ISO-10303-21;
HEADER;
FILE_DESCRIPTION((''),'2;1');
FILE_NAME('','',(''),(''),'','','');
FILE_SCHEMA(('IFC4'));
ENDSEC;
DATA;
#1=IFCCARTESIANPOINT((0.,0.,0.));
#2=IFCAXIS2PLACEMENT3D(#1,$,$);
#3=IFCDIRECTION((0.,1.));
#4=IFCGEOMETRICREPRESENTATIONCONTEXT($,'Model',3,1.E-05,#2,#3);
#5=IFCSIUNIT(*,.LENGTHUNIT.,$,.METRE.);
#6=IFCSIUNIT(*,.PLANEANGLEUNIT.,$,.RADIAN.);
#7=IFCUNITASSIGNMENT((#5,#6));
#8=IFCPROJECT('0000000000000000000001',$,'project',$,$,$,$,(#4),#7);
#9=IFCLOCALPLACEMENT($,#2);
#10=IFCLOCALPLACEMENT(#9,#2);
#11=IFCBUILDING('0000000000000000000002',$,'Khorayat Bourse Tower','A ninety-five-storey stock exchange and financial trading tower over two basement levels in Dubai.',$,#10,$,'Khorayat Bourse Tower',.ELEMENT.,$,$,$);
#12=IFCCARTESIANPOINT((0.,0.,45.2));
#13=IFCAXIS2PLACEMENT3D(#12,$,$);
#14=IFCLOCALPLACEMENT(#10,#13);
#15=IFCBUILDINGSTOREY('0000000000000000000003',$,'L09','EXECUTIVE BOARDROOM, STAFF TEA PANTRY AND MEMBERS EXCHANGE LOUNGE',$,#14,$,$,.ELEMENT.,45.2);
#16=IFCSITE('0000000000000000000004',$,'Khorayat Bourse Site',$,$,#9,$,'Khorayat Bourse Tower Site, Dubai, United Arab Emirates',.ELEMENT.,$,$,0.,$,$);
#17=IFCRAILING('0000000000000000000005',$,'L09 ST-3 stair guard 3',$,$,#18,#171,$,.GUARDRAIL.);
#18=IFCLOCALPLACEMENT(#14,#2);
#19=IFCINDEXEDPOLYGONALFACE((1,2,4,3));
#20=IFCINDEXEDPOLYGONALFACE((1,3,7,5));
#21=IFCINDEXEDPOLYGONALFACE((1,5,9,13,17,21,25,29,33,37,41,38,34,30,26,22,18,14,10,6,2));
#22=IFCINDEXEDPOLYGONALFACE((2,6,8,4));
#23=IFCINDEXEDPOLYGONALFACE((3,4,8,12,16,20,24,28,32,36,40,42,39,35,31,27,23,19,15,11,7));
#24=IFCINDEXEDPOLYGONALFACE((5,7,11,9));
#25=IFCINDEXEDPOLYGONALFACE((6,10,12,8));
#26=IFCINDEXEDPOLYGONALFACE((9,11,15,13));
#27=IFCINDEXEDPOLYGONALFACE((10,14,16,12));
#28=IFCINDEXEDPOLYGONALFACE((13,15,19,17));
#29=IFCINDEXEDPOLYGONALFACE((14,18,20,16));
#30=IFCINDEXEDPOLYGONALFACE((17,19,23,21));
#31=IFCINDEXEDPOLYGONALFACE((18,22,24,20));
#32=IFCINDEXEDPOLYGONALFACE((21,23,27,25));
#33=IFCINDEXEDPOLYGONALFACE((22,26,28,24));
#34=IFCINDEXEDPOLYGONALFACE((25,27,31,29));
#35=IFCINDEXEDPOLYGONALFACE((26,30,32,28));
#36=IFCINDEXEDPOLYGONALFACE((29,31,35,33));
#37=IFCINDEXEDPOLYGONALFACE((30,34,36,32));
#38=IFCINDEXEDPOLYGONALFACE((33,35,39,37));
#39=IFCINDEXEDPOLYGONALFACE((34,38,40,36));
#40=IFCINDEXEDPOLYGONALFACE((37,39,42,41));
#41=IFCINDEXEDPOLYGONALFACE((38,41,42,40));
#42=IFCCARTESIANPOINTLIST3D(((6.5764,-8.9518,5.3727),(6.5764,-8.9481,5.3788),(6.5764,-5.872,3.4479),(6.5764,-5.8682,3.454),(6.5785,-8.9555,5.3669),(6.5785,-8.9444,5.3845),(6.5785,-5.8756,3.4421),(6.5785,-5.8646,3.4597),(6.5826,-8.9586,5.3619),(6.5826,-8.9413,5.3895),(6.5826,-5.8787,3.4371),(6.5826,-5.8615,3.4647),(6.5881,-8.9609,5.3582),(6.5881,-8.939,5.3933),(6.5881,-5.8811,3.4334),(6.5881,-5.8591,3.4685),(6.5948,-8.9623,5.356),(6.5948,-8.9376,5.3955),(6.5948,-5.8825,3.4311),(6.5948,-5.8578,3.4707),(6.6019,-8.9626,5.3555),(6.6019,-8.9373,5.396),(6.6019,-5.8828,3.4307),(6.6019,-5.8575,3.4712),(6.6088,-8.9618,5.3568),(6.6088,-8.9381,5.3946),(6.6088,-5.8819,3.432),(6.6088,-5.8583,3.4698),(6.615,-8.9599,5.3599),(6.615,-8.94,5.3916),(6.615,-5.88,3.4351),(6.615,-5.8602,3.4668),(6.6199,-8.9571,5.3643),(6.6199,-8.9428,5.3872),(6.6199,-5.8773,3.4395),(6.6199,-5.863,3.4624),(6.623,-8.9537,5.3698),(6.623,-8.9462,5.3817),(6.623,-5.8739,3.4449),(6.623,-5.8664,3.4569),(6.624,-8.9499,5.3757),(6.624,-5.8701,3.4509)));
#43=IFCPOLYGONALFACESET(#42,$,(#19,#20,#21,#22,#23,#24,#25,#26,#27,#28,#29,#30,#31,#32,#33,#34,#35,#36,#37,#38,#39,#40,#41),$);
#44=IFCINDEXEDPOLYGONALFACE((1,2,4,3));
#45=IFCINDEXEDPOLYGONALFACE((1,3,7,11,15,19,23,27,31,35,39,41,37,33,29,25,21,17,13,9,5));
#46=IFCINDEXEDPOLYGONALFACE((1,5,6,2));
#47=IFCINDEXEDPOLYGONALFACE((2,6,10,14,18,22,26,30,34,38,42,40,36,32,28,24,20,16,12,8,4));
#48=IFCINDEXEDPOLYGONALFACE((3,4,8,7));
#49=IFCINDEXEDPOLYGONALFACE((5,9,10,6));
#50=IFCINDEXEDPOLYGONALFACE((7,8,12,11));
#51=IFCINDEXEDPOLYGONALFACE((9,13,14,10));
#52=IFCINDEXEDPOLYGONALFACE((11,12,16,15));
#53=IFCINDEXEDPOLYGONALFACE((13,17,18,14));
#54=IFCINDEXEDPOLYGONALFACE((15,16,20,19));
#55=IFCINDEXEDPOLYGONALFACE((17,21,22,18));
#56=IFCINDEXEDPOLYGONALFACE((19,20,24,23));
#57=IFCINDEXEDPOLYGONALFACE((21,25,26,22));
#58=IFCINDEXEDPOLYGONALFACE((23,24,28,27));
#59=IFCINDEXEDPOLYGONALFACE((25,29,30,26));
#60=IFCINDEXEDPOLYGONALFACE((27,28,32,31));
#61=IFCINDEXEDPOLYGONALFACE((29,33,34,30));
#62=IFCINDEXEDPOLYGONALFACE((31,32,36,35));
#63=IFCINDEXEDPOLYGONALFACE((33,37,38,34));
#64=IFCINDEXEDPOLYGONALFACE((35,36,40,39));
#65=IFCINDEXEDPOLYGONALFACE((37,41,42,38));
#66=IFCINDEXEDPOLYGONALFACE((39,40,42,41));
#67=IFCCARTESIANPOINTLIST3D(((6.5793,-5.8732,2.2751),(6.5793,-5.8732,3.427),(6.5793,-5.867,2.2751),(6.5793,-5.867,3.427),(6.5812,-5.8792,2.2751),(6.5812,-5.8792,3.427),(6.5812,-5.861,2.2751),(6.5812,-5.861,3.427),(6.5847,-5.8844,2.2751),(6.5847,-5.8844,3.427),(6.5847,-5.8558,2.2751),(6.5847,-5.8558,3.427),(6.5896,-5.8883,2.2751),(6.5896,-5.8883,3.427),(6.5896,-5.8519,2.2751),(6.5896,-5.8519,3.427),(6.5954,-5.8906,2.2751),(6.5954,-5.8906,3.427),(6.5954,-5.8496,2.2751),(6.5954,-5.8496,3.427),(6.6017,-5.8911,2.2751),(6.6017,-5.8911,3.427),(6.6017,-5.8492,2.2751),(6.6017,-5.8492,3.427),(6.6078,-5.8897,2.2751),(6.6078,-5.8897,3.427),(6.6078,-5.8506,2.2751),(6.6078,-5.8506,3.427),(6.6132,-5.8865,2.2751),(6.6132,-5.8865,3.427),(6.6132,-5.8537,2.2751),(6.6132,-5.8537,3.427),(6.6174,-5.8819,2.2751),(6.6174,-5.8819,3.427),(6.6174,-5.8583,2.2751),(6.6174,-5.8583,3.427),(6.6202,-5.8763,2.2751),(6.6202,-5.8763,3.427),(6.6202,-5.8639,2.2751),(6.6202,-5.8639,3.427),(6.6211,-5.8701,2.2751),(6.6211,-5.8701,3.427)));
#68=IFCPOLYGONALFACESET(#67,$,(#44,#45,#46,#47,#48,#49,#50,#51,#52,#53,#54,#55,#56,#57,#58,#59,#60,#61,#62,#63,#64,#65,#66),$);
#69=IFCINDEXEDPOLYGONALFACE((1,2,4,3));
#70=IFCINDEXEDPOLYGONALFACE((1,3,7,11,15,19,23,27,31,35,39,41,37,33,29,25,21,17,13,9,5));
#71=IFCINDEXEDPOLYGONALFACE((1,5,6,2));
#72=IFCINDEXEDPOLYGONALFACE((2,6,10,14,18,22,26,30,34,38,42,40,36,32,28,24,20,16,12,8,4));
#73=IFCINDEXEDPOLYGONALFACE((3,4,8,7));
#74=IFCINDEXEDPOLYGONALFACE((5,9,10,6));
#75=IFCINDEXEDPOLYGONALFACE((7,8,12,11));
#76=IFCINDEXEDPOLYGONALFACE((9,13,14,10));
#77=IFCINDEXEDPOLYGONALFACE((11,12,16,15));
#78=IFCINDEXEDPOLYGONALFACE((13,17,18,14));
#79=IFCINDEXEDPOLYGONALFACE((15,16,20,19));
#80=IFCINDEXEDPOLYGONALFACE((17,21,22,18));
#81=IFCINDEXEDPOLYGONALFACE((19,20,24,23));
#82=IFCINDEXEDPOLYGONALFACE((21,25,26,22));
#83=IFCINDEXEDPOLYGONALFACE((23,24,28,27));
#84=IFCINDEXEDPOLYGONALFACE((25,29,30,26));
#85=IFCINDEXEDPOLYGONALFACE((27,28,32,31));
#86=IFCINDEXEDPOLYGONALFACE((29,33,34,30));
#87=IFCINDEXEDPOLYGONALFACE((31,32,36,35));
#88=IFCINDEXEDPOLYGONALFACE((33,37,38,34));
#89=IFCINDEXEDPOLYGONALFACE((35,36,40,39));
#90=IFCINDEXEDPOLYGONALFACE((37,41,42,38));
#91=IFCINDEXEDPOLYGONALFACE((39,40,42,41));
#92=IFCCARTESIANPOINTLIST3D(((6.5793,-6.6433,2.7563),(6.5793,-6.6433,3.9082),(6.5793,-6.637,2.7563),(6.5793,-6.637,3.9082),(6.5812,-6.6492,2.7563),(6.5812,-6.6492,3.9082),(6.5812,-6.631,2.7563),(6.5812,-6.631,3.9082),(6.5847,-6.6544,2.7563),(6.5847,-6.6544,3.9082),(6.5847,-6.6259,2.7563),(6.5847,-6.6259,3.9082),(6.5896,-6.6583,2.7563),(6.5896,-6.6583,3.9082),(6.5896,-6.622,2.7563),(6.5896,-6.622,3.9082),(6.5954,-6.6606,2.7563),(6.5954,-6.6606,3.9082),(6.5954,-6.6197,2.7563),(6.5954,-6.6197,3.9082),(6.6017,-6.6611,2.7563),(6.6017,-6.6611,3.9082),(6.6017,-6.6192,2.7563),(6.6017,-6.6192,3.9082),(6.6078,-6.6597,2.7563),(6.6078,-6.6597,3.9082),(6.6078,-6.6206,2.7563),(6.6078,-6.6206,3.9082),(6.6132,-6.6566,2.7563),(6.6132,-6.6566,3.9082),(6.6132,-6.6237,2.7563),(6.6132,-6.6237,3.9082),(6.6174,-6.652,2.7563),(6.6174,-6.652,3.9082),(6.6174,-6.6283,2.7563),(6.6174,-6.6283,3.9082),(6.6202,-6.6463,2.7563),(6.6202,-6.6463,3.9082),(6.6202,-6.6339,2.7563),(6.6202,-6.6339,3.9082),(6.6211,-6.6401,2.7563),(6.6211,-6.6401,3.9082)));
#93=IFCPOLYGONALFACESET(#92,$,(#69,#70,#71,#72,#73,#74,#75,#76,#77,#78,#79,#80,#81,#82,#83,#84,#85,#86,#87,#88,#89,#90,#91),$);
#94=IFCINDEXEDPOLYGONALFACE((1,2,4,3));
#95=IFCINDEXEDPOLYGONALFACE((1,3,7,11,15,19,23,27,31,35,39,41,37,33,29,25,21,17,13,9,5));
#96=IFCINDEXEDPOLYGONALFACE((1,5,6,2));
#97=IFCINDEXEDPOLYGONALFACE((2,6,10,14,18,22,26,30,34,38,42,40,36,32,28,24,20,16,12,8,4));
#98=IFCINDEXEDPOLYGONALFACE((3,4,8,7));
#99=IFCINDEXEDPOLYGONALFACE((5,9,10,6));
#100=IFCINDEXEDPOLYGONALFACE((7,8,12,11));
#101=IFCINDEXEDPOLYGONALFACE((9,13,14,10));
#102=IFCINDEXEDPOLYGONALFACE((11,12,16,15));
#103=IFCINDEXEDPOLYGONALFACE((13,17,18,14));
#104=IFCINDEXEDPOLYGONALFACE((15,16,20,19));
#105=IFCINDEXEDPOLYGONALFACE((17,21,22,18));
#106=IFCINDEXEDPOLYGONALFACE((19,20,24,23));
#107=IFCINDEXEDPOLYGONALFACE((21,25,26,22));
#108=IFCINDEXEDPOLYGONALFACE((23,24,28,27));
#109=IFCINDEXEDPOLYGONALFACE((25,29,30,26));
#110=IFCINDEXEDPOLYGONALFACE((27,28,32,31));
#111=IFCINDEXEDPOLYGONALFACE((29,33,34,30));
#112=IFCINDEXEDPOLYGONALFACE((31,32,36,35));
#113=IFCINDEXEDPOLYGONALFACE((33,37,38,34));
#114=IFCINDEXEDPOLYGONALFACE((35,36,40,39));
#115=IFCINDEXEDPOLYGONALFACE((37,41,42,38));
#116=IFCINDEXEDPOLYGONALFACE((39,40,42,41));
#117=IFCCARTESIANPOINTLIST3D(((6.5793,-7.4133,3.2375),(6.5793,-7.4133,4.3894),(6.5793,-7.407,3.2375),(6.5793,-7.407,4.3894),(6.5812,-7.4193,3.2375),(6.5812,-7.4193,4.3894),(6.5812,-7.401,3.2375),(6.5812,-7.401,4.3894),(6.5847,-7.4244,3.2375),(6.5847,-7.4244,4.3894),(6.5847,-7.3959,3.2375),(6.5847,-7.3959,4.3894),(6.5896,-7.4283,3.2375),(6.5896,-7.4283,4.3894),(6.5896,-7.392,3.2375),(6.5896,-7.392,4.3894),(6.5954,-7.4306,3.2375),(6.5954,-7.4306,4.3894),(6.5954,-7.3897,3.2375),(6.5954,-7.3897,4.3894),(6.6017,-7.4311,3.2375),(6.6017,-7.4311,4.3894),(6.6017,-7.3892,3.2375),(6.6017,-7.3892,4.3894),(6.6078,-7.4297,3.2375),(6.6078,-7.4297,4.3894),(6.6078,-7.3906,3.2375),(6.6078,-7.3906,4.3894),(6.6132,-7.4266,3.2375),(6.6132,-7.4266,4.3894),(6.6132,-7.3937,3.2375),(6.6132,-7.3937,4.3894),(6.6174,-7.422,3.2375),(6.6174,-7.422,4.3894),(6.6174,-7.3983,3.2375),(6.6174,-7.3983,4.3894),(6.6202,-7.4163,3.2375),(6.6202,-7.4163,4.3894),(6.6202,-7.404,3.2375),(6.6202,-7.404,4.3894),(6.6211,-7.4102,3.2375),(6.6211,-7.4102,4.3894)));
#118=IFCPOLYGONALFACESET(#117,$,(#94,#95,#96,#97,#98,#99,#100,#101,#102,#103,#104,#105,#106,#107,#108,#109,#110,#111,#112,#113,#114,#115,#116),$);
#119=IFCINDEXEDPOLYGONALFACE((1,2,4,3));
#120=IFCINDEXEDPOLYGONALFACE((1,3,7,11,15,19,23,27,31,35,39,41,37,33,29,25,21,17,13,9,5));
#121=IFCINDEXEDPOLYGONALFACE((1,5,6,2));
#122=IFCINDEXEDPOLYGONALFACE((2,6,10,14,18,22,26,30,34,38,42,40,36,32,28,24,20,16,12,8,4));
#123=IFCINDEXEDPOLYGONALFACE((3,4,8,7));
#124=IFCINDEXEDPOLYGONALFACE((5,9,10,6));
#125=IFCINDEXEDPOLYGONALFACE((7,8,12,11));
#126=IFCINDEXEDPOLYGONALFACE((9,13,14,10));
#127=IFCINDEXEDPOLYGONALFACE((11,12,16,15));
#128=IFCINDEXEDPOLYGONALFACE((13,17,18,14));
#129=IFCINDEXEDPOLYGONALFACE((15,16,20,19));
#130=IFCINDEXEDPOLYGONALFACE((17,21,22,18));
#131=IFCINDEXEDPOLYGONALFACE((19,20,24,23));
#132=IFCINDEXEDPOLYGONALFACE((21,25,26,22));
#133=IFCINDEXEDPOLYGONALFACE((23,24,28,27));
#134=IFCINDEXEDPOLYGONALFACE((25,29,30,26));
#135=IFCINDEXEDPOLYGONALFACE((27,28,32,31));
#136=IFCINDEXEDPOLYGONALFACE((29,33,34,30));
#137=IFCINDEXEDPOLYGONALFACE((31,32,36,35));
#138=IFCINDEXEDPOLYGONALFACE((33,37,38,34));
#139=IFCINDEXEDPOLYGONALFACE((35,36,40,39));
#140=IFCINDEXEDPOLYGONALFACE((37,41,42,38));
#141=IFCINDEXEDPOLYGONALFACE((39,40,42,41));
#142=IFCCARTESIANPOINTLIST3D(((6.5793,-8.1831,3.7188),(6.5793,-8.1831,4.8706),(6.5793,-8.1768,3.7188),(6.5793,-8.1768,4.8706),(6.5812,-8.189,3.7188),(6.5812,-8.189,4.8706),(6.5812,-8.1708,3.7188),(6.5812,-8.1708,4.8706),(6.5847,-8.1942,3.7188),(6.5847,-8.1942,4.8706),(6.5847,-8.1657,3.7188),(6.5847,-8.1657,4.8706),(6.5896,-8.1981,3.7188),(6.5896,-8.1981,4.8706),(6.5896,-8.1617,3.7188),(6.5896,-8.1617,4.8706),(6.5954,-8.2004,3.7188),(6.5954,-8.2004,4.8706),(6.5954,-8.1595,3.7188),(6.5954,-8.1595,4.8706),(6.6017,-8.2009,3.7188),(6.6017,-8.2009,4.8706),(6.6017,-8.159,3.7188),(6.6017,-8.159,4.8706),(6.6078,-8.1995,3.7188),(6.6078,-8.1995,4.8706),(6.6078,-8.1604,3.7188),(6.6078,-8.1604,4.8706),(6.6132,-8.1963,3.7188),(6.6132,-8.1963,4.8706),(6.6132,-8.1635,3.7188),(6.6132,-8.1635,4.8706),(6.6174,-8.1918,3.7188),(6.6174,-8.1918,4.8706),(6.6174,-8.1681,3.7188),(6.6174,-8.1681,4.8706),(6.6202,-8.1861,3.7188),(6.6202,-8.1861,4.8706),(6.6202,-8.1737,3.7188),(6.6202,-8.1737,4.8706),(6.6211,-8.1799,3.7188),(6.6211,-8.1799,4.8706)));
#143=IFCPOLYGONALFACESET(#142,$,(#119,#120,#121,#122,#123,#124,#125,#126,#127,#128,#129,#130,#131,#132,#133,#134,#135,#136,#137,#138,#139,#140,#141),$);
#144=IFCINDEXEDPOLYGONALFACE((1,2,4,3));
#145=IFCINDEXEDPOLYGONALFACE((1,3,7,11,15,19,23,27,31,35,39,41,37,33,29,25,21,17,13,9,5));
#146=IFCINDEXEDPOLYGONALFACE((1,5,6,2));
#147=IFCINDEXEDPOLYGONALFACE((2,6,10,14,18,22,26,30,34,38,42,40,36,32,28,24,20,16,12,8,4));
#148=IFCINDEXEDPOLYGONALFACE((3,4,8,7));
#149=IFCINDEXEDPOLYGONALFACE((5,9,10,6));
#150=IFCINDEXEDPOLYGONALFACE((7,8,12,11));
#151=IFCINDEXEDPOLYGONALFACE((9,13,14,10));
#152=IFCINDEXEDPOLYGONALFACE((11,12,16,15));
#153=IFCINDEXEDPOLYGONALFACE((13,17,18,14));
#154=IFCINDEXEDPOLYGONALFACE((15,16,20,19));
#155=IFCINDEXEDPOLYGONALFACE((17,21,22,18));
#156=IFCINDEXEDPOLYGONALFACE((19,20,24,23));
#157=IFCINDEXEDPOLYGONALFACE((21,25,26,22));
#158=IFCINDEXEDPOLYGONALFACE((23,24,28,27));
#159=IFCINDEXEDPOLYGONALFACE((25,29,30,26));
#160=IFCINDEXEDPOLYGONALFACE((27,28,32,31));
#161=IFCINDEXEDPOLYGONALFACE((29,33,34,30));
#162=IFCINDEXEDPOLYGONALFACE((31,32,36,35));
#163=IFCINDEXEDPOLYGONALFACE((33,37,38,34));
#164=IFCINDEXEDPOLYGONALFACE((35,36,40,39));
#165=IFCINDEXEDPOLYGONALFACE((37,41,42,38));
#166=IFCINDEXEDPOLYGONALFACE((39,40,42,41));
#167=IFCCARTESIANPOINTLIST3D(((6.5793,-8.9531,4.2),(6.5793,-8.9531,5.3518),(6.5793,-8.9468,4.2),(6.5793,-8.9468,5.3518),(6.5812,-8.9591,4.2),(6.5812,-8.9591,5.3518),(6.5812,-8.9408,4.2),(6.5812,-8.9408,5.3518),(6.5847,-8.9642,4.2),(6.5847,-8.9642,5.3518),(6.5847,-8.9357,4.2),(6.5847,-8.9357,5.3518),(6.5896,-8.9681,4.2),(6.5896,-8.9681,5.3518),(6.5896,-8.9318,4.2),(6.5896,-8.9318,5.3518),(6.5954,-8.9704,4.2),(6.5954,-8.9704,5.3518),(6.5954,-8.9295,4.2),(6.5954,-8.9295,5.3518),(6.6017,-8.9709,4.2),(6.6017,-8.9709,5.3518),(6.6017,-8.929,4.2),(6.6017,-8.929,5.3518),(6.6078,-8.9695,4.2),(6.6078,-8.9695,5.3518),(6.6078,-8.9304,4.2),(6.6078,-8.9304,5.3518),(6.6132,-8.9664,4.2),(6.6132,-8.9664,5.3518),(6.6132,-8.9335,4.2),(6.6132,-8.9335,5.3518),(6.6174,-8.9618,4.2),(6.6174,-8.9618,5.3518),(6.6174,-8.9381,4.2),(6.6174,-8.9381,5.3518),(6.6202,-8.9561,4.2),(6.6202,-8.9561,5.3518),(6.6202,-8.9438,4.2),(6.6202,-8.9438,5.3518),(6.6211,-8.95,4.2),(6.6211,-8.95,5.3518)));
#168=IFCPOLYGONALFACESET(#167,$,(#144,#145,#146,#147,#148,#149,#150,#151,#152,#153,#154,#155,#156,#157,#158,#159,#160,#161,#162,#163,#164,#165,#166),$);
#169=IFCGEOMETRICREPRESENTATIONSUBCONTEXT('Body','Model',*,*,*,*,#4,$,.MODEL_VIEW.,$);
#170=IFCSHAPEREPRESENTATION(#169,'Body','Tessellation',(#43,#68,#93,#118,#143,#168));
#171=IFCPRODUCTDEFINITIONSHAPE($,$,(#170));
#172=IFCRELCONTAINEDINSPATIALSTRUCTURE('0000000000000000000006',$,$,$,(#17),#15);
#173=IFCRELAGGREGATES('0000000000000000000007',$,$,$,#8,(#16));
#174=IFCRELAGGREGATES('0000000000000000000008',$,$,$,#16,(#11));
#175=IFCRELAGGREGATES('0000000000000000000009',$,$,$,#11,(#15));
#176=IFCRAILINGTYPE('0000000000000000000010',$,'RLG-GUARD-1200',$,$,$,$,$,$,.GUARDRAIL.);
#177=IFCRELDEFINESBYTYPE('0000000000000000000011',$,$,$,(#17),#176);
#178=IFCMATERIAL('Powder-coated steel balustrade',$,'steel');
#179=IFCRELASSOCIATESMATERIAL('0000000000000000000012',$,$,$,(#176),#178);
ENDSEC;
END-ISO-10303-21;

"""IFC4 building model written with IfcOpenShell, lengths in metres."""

from ifc_helpers import new_model, si_unit, direction, frame, origin, origin_2d, place, context, subcontext, project, spatial, circle, extrude, source, transform, mapped, material, type_object, element, save


model = new_model("IFC4")

# Units and contexts
model_context = context("Model", 3, precision=1e-05, world=origin(), true_north=direction((0.0, 1.0)))
body_context = subcontext(model_context, "Body", "Model", "MODEL_VIEW")
ifc_project = project(units=[si_unit("LENGTHUNIT", "METRE"), si_unit("PLANEANGLEUNIT", "RADIAN")], contexts=[model_context])

# Site, building, storey
site_placement = place(None, origin())
site = spatial("IfcSite", under=ifc_project, at=site_placement, Name="Khorayat Bourse Site", LongName="Khorayat Bourse Tower Site, Dubai, United Arab Emirates", CompositionType="ELEMENT", RefElevation=0.0)
building_placement = place(site_placement, origin())
building = spatial("IfcBuilding", under=site, at=building_placement, Name="Khorayat Bourse Tower", Description="A ninety-five-storey stock exchange and financial trading tower over two basement levels in Dubai.", LongName="Khorayat Bourse Tower", CompositionType="ELEMENT")
storey_placement = place(building_placement, frame((0.0, 0.0, 45.2)))
storey = spatial("IfcBuildingStorey", under=building, at=storey_placement, Name="L09", Description="EXECUTIVE BOARDROOM, STAFF TEA PANTRY AND MEMBERS EXCHANGE LOUNGE", CompositionType="ELEMENT", Elevation=45.2)

# Railing
ifc_material_1 = material(Name="Powder-coated steel balustrade", Category="steel")
railing_type_1 = type_object("IfcRailingType", Name="RLG-GUARD-1200", PredefinedType="GUARDRAIL", material=ifc_material_1)
shared_shape_1 = source(origin(), body_context, "Body", "SweptSolid", [
    extrude(circle(Radius=0.0239, at=origin_2d()), frame((0.0, 0.0, 1.1758), z_axis=(0.0, -0.84801, 0.529981), x_axis=(1.0, 0.0, 0.0)), (0.0, 0.0, 1.0), 3.6318),
    extrude(circle(Radius=0.021, at=origin_2d()), origin(), (0.0, 0.0, 1.0), 1.1519),
    extrude(circle(Radius=0.021, at=origin_2d()), frame((0.0, -0.77, 0.4812)), (0.0, 0.0, 1.0), 1.1519),
    extrude(circle(Radius=0.021, at=origin_2d()), frame((0.0, -1.54, 0.9624)), (0.0, 0.0, 1.0), 1.1519),
    extrude(circle(Radius=0.021, at=origin_2d()), frame((0.0, -2.3098, 1.4436)), (0.0, 0.0, 1.0), 1.1519),
    extrude(circle(Radius=0.021, at=origin_2d()), frame((0.0, -3.0798, 1.9248)), (0.0, 0.0, 1.0), 1.1519),
])
railing_1_placement = place(storey_placement, frame((6.6001, -5.8701, 2.2751)))
element("IfcRailing", 1, at=railing_1_placement, inside=storey, type_object=railing_type_1, Name="L09 ST-3 stair guard 3", PredefinedType="GUARDRAIL", context=body_context, shape_type="MappedRepresentation", body=[
    mapped(shared_shape_1, transform((0.0, 0.0, 0.0), scale=1.0)),
])

save(model, "model.ifc")
